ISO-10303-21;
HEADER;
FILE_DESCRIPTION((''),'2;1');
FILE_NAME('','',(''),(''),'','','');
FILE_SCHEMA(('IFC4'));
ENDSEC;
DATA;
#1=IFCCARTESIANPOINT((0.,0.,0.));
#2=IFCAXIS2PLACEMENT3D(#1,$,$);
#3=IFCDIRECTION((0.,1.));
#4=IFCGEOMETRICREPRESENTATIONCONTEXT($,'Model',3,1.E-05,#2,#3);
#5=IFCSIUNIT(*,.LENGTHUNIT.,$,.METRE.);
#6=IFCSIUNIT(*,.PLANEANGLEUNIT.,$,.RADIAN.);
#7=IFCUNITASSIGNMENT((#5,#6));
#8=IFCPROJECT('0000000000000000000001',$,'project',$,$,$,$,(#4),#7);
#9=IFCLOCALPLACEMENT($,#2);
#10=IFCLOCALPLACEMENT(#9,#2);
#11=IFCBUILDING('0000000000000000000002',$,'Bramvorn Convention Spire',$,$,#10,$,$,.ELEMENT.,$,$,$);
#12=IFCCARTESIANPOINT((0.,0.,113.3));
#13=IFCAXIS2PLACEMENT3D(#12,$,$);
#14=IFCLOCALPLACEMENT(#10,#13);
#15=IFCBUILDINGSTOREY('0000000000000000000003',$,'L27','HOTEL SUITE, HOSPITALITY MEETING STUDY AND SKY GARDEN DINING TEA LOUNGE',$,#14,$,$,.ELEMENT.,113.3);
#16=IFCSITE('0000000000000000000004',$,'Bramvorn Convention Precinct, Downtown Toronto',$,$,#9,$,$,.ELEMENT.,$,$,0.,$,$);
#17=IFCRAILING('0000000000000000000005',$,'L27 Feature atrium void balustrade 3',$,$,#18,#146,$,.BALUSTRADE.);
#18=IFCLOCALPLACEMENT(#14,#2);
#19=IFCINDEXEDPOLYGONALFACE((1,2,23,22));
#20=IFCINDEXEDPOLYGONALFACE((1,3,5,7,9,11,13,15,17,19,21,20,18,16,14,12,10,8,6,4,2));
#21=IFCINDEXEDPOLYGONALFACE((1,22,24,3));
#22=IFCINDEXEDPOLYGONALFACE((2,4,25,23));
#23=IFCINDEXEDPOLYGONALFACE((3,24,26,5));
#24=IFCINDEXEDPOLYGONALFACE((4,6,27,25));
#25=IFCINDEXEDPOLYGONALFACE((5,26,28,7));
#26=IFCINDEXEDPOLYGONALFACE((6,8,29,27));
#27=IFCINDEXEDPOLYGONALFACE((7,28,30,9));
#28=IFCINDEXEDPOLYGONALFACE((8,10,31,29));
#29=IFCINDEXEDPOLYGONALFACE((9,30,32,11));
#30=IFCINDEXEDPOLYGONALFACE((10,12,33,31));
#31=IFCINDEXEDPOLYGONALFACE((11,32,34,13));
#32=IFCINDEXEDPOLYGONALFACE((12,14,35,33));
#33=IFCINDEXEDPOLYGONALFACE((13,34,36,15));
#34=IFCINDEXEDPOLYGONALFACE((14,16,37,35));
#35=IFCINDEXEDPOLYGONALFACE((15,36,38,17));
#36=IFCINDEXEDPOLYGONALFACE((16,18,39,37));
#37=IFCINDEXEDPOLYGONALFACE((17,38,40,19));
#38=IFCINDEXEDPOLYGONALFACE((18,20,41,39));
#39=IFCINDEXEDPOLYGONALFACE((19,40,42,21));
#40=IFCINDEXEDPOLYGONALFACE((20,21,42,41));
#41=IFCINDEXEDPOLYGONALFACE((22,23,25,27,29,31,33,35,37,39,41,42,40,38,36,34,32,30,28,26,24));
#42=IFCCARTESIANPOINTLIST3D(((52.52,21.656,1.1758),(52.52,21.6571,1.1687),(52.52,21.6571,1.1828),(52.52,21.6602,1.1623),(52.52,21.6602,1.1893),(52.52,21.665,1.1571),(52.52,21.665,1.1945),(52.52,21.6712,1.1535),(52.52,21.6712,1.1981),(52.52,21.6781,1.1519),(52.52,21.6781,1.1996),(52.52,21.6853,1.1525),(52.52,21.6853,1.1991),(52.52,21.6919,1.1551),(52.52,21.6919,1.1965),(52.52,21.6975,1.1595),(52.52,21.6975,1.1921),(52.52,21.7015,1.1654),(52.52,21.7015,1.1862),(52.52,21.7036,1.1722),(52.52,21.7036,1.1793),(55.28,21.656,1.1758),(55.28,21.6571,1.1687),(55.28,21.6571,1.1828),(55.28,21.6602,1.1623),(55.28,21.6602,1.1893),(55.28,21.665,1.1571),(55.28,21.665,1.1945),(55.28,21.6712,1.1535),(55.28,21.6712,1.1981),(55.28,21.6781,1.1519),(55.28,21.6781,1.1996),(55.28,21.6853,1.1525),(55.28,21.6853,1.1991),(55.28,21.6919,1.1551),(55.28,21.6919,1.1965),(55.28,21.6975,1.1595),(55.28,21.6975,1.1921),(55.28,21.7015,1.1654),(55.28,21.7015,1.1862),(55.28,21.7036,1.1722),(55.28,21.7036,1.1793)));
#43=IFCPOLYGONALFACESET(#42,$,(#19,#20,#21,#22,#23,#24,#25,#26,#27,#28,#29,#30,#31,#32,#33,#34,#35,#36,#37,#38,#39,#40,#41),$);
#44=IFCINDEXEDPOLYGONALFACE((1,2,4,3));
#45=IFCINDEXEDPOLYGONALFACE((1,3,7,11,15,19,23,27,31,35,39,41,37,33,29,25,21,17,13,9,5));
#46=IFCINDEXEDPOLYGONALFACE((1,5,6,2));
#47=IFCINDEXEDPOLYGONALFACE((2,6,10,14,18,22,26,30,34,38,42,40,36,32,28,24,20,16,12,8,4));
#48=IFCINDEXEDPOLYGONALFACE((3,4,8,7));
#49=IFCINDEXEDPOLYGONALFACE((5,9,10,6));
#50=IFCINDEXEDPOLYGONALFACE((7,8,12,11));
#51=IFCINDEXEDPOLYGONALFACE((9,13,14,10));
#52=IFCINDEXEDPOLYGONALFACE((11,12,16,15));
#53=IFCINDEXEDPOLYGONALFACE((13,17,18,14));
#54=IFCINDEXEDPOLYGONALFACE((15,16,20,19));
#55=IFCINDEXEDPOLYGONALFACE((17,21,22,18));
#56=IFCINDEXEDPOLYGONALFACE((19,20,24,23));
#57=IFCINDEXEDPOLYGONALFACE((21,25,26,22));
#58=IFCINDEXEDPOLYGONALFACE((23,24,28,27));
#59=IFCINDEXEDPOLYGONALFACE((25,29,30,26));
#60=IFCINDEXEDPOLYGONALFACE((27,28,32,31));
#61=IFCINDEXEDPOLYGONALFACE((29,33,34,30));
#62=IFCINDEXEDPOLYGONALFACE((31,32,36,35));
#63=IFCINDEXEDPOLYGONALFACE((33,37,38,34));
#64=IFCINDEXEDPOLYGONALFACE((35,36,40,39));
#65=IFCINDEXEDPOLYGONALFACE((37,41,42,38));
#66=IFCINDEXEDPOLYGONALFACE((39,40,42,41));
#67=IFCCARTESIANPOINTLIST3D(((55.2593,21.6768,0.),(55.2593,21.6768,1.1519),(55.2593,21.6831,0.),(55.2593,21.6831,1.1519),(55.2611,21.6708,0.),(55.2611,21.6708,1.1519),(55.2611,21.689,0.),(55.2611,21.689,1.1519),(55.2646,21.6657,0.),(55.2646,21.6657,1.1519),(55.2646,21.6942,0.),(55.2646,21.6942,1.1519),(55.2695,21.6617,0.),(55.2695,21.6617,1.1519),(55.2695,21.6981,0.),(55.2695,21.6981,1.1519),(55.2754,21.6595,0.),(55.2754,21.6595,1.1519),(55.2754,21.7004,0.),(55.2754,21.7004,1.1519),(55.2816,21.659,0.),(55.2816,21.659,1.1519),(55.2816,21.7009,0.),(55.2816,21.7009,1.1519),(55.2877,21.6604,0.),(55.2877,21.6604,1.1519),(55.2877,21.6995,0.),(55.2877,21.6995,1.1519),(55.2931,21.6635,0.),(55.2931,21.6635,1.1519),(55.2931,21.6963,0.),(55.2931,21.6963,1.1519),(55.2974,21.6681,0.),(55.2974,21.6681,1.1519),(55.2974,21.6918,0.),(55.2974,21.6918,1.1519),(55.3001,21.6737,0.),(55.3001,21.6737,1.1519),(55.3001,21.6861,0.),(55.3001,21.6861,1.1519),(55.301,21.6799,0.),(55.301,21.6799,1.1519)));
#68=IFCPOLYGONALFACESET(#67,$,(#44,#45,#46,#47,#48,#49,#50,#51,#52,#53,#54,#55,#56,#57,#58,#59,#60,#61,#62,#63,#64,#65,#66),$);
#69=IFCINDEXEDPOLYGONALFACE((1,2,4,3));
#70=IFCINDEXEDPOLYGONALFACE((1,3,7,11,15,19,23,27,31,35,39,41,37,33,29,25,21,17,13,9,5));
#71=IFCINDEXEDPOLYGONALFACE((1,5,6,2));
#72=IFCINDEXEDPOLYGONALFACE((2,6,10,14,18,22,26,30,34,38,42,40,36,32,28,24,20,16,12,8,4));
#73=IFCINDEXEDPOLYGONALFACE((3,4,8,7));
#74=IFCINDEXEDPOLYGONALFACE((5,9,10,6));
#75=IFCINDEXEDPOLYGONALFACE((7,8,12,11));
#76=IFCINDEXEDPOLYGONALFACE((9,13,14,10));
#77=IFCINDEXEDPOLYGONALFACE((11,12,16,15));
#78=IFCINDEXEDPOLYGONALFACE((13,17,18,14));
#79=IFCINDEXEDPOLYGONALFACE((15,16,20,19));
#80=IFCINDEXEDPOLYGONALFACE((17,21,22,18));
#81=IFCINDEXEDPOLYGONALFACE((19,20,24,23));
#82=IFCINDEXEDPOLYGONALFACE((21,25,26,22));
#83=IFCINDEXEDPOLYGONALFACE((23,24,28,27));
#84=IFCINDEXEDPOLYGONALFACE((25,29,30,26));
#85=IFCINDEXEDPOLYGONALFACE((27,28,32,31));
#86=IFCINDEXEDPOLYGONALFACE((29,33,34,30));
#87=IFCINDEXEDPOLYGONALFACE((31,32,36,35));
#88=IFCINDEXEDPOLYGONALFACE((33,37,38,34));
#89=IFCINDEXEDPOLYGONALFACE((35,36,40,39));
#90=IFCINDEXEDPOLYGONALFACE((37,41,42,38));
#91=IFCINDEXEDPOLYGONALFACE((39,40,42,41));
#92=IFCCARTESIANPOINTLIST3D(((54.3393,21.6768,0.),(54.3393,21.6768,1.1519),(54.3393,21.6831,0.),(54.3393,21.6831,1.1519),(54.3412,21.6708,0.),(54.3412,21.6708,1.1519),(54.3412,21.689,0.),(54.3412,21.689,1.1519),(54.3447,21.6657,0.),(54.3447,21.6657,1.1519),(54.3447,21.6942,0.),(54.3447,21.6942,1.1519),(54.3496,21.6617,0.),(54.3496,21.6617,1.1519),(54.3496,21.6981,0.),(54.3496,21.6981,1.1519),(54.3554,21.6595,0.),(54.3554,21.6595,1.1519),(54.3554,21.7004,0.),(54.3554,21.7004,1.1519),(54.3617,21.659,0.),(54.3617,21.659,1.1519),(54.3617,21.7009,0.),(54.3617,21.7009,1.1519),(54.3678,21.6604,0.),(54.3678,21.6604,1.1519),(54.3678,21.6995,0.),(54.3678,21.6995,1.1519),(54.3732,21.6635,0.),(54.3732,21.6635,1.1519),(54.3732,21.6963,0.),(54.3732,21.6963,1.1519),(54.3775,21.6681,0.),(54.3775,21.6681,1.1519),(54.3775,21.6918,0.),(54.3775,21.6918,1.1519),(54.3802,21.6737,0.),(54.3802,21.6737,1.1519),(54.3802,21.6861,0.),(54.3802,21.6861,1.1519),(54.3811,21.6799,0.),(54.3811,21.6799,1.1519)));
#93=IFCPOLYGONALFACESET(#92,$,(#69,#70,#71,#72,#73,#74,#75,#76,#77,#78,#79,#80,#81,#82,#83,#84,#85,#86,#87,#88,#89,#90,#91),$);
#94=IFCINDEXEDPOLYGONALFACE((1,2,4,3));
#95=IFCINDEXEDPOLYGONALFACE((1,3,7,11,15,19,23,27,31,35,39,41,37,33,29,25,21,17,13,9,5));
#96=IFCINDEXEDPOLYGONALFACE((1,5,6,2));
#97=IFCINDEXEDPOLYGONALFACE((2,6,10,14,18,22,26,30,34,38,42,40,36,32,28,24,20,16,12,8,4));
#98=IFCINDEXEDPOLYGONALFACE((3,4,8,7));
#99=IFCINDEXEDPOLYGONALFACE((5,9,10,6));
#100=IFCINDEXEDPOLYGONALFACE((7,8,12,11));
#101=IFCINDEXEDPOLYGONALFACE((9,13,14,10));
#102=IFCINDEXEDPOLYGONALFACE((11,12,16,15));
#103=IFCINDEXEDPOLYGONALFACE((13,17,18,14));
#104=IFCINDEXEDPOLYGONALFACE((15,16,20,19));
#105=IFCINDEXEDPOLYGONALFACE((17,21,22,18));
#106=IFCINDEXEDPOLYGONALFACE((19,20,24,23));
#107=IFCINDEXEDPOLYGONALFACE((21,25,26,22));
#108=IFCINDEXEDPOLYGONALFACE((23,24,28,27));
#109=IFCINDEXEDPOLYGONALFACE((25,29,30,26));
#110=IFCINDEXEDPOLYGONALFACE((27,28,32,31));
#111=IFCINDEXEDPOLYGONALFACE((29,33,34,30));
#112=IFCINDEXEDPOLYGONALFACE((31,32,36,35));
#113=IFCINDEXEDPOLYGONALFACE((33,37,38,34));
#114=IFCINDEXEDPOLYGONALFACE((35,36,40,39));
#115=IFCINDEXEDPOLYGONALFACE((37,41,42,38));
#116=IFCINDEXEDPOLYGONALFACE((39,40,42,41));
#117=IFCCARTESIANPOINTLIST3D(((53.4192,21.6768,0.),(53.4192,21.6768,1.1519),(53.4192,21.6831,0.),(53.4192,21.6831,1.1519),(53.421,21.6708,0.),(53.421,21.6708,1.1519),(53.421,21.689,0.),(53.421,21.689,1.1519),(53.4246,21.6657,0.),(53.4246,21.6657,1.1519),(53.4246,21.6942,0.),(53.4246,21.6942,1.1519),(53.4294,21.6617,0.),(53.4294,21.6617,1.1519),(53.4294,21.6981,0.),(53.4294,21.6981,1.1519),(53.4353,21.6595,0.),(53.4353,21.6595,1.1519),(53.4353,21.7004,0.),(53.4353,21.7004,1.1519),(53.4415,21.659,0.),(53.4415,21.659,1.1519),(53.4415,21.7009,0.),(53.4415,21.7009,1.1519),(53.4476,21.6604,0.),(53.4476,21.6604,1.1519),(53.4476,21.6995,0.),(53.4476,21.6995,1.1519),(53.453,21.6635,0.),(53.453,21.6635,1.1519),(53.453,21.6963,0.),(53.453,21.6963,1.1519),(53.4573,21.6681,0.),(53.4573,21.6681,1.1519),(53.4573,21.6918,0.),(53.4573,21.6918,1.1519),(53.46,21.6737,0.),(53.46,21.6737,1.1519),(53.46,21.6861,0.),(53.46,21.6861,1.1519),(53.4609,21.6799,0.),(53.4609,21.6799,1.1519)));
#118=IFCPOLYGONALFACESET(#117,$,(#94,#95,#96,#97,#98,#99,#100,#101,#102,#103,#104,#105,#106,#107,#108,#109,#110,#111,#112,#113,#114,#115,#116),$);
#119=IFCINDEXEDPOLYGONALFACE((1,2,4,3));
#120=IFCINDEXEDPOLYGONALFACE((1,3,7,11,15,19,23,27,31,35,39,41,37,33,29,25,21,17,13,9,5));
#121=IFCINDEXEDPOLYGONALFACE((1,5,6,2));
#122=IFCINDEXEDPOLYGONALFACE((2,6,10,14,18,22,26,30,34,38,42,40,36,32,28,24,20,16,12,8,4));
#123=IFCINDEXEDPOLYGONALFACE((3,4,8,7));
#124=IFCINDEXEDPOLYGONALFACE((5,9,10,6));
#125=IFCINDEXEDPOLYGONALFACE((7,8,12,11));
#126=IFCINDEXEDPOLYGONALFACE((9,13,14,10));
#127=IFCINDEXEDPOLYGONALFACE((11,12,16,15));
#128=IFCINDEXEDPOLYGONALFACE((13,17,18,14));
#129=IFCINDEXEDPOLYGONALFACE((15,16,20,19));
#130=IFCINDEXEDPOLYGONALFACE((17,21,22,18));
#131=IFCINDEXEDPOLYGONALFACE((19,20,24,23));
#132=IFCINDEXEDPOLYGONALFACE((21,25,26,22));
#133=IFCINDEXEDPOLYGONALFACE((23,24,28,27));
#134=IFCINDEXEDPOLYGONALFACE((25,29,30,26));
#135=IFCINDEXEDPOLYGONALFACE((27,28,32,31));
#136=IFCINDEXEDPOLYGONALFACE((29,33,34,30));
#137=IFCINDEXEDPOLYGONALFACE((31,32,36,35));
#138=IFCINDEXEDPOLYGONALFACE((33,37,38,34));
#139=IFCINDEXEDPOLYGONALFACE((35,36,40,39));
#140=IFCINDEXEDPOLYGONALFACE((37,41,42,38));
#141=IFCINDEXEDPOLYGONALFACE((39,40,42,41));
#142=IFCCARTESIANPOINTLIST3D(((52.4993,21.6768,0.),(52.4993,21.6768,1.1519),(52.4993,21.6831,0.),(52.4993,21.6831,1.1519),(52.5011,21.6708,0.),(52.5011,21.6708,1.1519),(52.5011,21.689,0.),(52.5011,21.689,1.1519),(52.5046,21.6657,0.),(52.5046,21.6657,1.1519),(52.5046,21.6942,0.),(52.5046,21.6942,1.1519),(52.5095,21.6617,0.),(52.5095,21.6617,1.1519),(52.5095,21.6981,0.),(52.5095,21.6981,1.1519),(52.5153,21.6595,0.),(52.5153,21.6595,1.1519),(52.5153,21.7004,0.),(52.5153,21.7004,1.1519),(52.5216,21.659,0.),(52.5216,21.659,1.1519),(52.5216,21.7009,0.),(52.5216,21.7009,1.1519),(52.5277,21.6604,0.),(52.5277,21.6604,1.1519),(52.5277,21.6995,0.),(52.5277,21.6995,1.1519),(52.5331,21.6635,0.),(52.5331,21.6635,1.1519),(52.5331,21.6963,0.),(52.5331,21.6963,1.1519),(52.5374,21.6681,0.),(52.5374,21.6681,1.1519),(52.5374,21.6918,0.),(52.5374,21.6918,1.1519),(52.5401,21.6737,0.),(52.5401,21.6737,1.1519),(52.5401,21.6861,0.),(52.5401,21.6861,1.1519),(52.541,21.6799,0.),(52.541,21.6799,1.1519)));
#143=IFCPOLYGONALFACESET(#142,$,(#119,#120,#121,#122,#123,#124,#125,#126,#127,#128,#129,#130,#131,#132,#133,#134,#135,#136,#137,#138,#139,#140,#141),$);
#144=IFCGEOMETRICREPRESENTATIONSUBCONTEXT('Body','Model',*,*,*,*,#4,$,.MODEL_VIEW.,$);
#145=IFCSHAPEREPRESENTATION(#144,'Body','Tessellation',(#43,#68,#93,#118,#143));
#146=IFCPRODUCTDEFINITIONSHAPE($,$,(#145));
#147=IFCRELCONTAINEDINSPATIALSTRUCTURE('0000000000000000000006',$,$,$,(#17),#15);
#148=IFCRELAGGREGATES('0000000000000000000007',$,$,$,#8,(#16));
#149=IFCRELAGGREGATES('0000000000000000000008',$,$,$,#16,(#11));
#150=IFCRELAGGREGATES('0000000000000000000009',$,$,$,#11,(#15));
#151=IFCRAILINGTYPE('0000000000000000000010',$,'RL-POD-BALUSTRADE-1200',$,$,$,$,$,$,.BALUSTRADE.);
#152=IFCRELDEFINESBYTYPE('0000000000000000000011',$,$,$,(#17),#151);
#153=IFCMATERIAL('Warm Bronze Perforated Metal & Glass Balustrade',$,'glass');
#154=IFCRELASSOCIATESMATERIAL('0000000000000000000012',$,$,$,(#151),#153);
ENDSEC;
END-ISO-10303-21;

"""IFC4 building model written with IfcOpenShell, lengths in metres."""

from ifc_helpers import new_model, si_unit, direction, frame, origin, origin_2d, place, context, subcontext, project, spatial, circle, extrude, material, type_object, element, save


model = new_model("IFC4")

# Units and contexts
model_context = context("Model", 3, precision=1e-05, world=origin(), true_north=direction((0.0, 1.0)))
body_context = subcontext(model_context, "Body", "Model", "MODEL_VIEW")
ifc_project = project(units=[si_unit("LENGTHUNIT", "METRE"), si_unit("PLANEANGLEUNIT", "RADIAN")], contexts=[model_context])

# Site, building, storey
site_placement = place(None, origin())
site = spatial("IfcSite", under=ifc_project, at=site_placement, Name="Bramvorn Convention Precinct, Downtown Toronto", CompositionType="ELEMENT", RefElevation=0.0)
building_placement = place(site_placement, origin())
building = spatial("IfcBuilding", under=site, at=building_placement, Name="Bramvorn Convention Spire", CompositionType="ELEMENT")
storey_placement = place(building_placement, frame((0.0, 0.0, 113.3)))
storey = spatial("IfcBuildingStorey", under=building, at=storey_placement, Name="L27", Description="HOTEL SUITE, HOSPITALITY MEETING STUDY AND SKY GARDEN DINING TEA LOUNGE", CompositionType="ELEMENT", Elevation=113.3)

# Railing
ifc_material_1 = material(Name="Warm Bronze Perforated Metal & Glass Balustrade", Category="glass")
railing_type = type_object("IfcRailingType", Name="RL-POD-BALUSTRADE-1200", PredefinedType="BALUSTRADE", material=ifc_material_1)
railing_1_placement = place(storey_placement, frame((55.28, 21.6799, 0.0)))
element("IfcRailing", 1, at=railing_1_placement, inside=storey, type_object=railing_type, Name="L27 Feature atrium void balustrade 3", PredefinedType="BALUSTRADE", context=body_context, shape_type="SweptSolid", body=[
    extrude(circle(Radius=0.0239, at=origin_2d()), frame((0.0, 0.0, 1.1758), z_axis=(-1.0, 0.0, 0.0), x_axis=(0.0, -1.0, 0.0)), (0.0, 0.0, 1.0), 2.76),
    extrude(circle(Radius=0.021, at=origin_2d()), origin(), (0.0, 0.0, 1.0), 1.1519),
    extrude(circle(Radius=0.021, at=origin_2d()), frame((-0.9199, 0.0, 0.0)), (0.0, 0.0, 1.0), 1.1519),
    extrude(circle(Radius=0.021, at=origin_2d()), frame((-1.8401, 0.0, 0.0)), (0.0, 0.0, 1.0), 1.1519),
    extrude(circle(Radius=0.021, at=origin_2d()), frame((-2.76, 0.0, 0.0)), (0.0, 0.0, 1.0), 1.1519),
])

save(model, "model.ifc")
